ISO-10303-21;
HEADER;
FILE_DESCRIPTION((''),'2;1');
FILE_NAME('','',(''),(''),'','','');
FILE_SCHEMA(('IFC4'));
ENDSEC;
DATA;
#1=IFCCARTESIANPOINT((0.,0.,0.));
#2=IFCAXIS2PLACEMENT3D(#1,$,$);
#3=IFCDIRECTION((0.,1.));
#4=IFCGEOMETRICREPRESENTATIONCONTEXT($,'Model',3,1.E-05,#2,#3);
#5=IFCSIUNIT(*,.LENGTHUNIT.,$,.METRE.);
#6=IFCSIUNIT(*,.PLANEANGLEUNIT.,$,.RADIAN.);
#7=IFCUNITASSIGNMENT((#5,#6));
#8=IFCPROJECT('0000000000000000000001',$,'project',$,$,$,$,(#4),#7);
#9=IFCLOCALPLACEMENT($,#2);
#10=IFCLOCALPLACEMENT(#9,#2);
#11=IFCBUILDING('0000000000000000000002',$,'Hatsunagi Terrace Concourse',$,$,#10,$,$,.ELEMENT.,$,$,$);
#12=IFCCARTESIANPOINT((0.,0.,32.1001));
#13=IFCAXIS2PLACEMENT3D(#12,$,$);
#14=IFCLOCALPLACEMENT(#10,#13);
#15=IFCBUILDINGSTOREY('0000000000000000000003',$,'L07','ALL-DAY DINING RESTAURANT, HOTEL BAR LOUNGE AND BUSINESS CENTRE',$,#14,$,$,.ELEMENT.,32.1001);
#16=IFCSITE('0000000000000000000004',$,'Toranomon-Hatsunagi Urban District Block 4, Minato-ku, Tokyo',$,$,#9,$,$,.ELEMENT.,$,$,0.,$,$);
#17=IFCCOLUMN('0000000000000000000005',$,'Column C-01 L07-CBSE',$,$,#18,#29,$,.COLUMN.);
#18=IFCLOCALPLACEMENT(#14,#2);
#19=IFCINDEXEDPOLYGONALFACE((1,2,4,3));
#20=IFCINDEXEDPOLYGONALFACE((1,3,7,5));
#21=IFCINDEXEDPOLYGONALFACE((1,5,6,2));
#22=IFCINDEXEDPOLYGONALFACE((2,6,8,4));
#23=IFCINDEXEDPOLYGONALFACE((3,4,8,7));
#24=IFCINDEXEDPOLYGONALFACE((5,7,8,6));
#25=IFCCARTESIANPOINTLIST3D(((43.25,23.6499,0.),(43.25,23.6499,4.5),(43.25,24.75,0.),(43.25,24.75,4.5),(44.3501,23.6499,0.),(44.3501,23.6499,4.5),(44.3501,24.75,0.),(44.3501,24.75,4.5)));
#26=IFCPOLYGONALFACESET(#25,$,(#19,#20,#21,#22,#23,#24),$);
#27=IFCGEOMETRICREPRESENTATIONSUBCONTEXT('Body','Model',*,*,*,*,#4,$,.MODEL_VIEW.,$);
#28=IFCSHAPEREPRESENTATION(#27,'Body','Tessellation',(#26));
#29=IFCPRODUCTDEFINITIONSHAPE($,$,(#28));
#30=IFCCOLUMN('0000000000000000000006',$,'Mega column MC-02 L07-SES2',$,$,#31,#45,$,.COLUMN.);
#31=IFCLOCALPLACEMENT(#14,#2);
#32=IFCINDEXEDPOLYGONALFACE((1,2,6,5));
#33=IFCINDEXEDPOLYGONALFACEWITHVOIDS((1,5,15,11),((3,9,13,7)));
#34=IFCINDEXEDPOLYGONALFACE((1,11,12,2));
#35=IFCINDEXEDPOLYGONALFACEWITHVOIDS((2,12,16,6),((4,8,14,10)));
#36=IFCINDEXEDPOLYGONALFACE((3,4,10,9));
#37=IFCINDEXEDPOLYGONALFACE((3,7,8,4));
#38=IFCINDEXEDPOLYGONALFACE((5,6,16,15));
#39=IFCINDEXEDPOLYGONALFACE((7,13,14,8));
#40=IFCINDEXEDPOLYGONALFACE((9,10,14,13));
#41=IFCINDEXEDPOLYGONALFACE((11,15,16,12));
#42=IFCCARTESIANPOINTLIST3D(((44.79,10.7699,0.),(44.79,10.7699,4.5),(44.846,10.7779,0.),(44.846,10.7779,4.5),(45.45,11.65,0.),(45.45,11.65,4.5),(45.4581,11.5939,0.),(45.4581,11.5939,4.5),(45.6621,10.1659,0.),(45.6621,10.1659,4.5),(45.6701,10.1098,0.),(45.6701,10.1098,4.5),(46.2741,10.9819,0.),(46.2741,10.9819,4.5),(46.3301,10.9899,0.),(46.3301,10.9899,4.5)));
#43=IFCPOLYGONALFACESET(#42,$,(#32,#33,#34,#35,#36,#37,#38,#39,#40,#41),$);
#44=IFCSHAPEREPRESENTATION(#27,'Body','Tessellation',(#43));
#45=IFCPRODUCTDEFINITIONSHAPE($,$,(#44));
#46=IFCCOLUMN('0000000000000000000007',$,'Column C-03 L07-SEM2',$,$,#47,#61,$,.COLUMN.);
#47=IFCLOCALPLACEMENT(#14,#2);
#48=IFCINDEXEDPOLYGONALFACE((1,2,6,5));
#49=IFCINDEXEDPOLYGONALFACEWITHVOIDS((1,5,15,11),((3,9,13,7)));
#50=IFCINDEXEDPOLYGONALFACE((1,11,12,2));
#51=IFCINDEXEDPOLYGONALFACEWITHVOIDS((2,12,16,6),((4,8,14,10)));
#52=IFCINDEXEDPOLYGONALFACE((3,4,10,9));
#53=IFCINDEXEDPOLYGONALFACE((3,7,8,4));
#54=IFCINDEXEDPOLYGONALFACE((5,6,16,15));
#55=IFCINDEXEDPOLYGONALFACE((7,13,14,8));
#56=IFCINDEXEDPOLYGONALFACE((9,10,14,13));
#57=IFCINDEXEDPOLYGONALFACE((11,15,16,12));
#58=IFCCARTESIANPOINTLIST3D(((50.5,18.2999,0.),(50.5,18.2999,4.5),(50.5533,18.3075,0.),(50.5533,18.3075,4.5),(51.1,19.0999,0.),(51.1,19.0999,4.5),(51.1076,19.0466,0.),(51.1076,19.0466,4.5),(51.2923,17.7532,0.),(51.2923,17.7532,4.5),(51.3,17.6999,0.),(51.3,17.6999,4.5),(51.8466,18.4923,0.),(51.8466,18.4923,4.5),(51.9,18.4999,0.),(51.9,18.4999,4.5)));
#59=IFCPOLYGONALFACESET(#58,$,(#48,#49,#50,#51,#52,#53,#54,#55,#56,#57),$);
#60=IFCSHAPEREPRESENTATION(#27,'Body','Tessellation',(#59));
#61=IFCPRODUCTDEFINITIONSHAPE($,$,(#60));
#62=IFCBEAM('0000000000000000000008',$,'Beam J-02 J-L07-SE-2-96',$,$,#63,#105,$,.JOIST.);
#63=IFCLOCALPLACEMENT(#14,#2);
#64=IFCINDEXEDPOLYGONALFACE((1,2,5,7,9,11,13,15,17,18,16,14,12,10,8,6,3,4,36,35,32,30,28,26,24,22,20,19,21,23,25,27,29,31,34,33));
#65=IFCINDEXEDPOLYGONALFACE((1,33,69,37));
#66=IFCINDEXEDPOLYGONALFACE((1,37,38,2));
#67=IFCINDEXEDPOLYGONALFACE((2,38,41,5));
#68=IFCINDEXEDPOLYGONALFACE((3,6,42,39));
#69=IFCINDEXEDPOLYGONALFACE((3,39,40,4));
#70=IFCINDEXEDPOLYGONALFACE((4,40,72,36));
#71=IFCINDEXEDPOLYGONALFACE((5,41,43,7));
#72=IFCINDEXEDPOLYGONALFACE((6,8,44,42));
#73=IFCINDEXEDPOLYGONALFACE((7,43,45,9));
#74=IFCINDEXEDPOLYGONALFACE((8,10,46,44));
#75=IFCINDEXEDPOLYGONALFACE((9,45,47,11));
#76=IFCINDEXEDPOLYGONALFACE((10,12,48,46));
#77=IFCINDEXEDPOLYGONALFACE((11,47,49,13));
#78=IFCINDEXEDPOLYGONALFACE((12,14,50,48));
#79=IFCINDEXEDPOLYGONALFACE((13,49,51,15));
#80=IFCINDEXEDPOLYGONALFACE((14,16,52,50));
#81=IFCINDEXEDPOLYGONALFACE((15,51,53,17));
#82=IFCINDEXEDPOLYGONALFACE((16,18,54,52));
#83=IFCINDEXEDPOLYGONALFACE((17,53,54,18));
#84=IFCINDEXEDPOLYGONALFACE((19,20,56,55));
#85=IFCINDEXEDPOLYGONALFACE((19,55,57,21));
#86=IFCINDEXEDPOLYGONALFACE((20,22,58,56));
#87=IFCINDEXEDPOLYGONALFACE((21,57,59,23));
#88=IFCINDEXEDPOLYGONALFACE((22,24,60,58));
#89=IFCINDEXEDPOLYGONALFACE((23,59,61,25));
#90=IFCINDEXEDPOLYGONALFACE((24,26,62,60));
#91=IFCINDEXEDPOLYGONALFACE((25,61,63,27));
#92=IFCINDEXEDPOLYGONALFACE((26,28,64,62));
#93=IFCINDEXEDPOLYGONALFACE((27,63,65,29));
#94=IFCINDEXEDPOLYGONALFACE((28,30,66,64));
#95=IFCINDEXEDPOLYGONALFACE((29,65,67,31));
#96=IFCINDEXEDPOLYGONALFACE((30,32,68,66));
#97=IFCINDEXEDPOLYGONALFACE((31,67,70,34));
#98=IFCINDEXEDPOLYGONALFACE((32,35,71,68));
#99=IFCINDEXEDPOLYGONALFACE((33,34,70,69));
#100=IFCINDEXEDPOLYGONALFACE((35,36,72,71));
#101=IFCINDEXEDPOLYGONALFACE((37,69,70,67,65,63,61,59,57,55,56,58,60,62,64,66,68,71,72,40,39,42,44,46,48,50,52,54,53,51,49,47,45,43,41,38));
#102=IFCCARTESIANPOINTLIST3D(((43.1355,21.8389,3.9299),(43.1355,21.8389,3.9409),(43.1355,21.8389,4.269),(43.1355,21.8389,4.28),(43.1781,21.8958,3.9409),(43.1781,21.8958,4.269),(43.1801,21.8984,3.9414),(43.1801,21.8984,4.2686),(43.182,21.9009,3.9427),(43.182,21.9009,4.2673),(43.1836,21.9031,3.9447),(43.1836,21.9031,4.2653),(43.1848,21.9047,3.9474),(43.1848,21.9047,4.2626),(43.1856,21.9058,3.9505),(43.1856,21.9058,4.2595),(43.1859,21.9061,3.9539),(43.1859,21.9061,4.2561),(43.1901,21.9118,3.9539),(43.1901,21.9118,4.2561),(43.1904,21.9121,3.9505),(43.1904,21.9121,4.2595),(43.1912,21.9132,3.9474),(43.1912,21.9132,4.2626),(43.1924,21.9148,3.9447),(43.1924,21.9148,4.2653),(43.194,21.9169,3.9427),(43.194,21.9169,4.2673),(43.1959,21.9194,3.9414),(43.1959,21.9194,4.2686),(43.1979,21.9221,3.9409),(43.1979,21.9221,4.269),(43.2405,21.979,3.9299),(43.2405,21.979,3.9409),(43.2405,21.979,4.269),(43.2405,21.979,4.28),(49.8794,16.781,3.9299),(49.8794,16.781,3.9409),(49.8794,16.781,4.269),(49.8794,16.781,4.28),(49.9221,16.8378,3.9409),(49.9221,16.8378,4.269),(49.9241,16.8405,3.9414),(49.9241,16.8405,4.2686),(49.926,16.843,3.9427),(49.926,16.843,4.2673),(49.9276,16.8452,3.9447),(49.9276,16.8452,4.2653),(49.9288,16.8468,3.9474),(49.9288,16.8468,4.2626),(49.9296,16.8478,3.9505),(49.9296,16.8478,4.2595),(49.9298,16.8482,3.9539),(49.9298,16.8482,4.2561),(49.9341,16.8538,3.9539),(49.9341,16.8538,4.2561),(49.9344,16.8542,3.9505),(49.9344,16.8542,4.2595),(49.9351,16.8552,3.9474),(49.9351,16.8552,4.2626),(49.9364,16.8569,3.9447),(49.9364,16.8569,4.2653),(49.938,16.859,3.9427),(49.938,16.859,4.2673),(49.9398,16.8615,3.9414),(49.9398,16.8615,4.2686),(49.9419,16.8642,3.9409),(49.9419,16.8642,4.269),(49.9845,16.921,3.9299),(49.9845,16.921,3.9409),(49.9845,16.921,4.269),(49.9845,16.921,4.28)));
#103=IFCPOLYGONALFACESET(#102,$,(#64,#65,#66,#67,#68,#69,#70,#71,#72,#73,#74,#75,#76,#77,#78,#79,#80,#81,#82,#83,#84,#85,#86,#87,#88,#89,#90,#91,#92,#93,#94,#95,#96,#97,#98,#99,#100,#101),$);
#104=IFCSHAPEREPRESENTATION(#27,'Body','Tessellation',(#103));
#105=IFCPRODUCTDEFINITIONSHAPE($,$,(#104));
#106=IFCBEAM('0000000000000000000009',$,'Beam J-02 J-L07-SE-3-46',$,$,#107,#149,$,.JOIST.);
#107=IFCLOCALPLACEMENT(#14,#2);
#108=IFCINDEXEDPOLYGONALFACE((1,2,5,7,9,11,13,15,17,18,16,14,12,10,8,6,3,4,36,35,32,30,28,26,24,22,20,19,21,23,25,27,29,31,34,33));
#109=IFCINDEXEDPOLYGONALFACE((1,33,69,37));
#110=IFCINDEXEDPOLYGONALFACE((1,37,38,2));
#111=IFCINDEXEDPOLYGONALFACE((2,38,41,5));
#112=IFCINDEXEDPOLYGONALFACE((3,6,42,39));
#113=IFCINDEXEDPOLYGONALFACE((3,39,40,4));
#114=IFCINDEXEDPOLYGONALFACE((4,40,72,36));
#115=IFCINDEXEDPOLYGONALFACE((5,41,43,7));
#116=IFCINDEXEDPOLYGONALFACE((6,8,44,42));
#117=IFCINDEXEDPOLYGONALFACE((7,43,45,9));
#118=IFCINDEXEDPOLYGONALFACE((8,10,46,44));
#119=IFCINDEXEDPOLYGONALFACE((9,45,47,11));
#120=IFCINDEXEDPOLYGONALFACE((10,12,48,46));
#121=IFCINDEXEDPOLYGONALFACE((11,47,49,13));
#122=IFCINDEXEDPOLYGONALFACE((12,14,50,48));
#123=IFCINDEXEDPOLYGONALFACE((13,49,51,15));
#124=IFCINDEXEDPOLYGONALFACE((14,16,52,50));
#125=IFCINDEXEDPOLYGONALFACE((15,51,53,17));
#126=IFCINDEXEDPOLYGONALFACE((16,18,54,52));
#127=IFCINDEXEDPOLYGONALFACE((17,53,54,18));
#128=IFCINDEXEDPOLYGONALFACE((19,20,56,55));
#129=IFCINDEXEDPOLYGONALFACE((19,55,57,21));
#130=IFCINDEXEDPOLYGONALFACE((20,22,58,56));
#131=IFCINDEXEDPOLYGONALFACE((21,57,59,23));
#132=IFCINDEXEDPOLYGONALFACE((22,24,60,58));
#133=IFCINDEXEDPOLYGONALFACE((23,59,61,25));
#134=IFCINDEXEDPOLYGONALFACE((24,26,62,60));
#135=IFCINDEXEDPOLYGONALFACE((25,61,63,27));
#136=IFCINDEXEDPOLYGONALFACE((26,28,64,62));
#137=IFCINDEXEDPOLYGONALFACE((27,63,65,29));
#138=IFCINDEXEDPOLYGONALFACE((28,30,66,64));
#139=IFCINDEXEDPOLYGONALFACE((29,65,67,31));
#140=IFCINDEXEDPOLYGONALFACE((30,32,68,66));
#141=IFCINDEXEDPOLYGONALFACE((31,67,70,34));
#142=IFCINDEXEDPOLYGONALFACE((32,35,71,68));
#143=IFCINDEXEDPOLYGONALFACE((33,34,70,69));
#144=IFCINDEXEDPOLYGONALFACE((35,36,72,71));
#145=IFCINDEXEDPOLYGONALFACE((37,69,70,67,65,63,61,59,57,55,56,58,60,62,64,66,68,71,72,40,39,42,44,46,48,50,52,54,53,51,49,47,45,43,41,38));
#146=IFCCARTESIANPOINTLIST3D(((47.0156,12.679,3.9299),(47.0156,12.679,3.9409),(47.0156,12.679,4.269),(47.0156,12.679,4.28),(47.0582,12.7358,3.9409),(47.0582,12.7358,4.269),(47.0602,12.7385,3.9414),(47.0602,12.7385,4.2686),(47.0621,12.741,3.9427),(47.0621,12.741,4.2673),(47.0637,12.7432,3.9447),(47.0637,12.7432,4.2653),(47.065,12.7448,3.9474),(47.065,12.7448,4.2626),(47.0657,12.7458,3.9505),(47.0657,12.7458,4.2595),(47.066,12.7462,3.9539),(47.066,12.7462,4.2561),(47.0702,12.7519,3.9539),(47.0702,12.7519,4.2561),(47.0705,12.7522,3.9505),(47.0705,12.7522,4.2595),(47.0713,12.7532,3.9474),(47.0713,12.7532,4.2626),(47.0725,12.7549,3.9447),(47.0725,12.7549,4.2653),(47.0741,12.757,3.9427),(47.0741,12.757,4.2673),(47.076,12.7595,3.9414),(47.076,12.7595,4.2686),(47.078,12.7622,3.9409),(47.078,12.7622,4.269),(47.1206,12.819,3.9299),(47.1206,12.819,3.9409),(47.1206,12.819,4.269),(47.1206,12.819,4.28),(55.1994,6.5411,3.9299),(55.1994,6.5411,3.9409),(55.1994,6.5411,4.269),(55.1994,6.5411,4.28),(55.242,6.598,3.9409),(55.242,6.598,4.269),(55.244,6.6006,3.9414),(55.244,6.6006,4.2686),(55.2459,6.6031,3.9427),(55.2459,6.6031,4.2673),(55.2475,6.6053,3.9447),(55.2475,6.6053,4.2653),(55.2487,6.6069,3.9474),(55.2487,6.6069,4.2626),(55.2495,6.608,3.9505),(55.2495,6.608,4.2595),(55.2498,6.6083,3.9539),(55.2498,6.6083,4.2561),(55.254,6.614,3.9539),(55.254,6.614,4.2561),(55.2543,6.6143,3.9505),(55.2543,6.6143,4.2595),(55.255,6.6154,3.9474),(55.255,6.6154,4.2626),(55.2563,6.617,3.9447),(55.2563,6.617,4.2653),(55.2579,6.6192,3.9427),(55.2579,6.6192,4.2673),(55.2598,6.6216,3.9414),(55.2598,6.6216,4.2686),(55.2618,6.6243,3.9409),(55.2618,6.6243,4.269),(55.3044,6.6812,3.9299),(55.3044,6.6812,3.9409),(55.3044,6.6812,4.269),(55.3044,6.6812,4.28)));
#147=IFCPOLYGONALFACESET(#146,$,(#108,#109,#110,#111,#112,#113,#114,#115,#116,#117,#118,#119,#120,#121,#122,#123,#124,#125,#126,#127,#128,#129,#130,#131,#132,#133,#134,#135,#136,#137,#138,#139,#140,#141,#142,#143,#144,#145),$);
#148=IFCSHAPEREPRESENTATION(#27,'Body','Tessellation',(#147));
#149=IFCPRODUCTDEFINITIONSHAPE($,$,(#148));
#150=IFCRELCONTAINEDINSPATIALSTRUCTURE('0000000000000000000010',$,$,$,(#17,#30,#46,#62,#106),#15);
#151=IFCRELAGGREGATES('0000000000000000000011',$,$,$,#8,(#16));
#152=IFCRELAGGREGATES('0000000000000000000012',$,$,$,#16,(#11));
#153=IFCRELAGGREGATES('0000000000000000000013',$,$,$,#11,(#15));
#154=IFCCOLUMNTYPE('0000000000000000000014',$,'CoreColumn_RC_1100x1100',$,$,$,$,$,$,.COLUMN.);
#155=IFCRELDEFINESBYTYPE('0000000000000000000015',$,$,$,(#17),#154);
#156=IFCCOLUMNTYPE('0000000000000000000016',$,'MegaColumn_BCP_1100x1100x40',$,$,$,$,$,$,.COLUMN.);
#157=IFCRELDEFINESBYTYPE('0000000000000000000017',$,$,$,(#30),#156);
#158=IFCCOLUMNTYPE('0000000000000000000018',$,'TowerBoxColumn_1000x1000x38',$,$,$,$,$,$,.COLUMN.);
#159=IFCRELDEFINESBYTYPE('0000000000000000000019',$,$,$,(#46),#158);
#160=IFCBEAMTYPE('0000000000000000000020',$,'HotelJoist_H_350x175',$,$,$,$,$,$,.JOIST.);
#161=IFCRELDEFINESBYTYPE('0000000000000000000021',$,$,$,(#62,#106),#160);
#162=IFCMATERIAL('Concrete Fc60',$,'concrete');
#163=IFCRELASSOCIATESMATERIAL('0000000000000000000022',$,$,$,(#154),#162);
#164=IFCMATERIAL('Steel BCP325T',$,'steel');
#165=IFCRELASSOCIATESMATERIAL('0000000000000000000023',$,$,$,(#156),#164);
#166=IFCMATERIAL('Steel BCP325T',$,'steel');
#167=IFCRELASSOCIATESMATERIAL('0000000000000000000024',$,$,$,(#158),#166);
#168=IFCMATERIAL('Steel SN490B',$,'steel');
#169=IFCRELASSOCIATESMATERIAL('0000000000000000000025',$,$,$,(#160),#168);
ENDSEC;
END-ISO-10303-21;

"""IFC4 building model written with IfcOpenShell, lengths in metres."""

from ifc_helpers import new_model, si_unit, direction, frame, origin, origin_2d, place, context, subcontext, project, spatial, rectangle, hollow_rectangle, i_section, extrude, material, material_profile, profile_set, type_object, element, save


model = new_model("IFC4")

# Units and contexts
model_context = context("Model", 3, precision=1e-05, world=origin(), true_north=direction((0.0, 1.0)))
body_context = subcontext(model_context, "Body", "Model", "MODEL_VIEW")
ifc_project = project(units=[si_unit("LENGTHUNIT", "METRE"), si_unit("PLANEANGLEUNIT", "RADIAN")], contexts=[model_context])

# Site, building, storey
site_placement = place(None, origin())
site = spatial("IfcSite", under=ifc_project, at=site_placement, Name="Toranomon-Hatsunagi Urban District Block 4, Minato-ku, Tokyo", CompositionType="ELEMENT", RefElevation=0.0)
building_placement = place(site_placement, origin())
building = spatial("IfcBuilding", under=site, at=building_placement, Name="Hatsunagi Terrace Concourse", CompositionType="ELEMENT")
storey_placement = place(building_placement, frame((0.0, 0.0, 32.1001)))
storey = spatial("IfcBuildingStorey", under=building, at=storey_placement, Name="L07", Description="ALL-DAY DINING RESTAURANT, HOTEL BAR LOUNGE AND BUSINESS CENTRE", CompositionType="ELEMENT", Elevation=32.1001)

# Columns
ifc_material_1 = material(Name="Concrete Fc60", Category="concrete")
ifc_material_profile_1 = material_profile(ifc_material_1, rectangle(XDim=1.1001, YDim=1.1001, at=origin_2d()), Name="RC-1100x1100")
ifc_profile_set_1 = profile_set([ifc_material_profile_1], Name="Concrete Fc60")
column_type_1 = type_object("IfcColumnType", Name="CoreColumn_RC_1100x1100", PredefinedType="COLUMN", material=ifc_profile_set_1)
column_1_placement = place(storey_placement, frame((43.8, 24.2, 0.0), z_axis=(0.0, 0.0, 1.0), x_axis=(1.0, 0.0, 0.0)))
element("IfcColumn", 1, at=column_1_placement, inside=storey, type_object=column_type_1, Name="Column C-01 L07-CBSE", PredefinedType="COLUMN", context=body_context, shape_type="SweptSolid", body=[
    extrude(rectangle(XDim=1.1001, YDim=1.1001, at=origin_2d()), origin(), (0.0, 0.0, 1.0), 4.5),
])
ifc_material_2 = material(Name="Steel BCP325T", Category="steel")
ifc_material_profile_2 = material_profile(ifc_material_2, hollow_rectangle(XDim=1.1001, YDim=1.1001, WallThickness=0.04, at=origin_2d()), Name="BCP-1100x1100x40")
ifc_profile_set_2 = profile_set([ifc_material_profile_2], Name="Steel BCP325T")
column_type_2 = type_object("IfcColumnType", Name="MegaColumn_BCP_1100x1100x40", PredefinedType="COLUMN", material=ifc_profile_set_2)
column_2_placement = place(storey_placement, frame((45.5601, 10.8799, 0.0), z_axis=(0.0, 0.0, 1.0), x_axis=(0.8, -0.6, 0.0)))
element("IfcColumn", 2, at=column_2_placement, inside=storey, type_object=column_type_2, Name="Mega column MC-02 L07-SES2", PredefinedType="COLUMN", context=body_context, shape_type="SweptSolid", body=[
    extrude(hollow_rectangle(XDim=1.1001, YDim=1.1001, WallThickness=0.04, at=origin_2d()), origin(), (0.0, 0.0, 1.0), 4.5),
])
ifc_material_3 = material(Name="Steel BCP325T", Category="steel")
ifc_material_profile_3 = material_profile(ifc_material_3, hollow_rectangle(XDim=1.0, YDim=1.0, WallThickness=0.0381, at=origin_2d()), Name="BCP-1000x1000x38")
ifc_profile_set_3 = profile_set([ifc_material_profile_3], Name="Steel BCP325T")
column_type_3 = type_object("IfcColumnType", Name="TowerBoxColumn_1000x1000x38", PredefinedType="COLUMN", material=ifc_profile_set_3)
column_3_placement = place(storey_placement, frame((51.2, 18.3999, 0.0), z_axis=(0.0, 0.0, 1.0), x_axis=(0.8, -0.6, 0.0)))
element("IfcColumn", 3, at=column_3_placement, inside=storey, type_object=column_type_3, Name="Column C-03 L07-SEM2", PredefinedType="COLUMN", context=body_context, shape_type="SweptSolid", body=[
    extrude(hollow_rectangle(XDim=1.0, YDim=1.0, WallThickness=0.0381, at=origin_2d()), origin(), (0.0, 0.0, 1.0), 4.5),
])

# Beams
ifc_material_4 = material(Name="Steel SN490B", Category="steel")
ifc_material_profile_4 = material_profile(ifc_material_4, i_section(OverallWidth=0.175, OverallDepth=0.3501, WebThickness=0.0071, FlangeThickness=0.011, FilletRadius=0.0129, at=origin_2d()), Name="H-350x175x7x11")
ifc_profile_set_4 = profile_set([ifc_material_profile_4], Name="Steel SN490B")
beam_type_1 = type_object("IfcBeamType", Name="HotelJoist_H_350x175", PredefinedType="JOIST", material=ifc_profile_set_4)
beam_1_placement = place(storey_placement, frame((43.188, 21.9089, 4.105), z_axis=(0.800003, -0.599995, 0.0), x_axis=(0.599995, 0.800003, 0.0)))
element("IfcBeam", 4, at=beam_1_placement, inside=storey, type_object=beam_type_1, Name="Beam J-02 J-L07-SE-2-96", PredefinedType="JOIST", context=body_context, shape_type="SweptSolid", body=[
    extrude(i_section(OverallWidth=0.175, OverallDepth=0.3501, WebThickness=0.0071, FlangeThickness=0.011, FilletRadius=0.0129, at=origin_2d()), origin(), (0.0, 0.0, 1.0), 8.4299),
])
beam_2_placement = place(storey_placement, frame((47.0681, 12.749, 4.105), z_axis=(0.799997, -0.600004, 0.0), x_axis=(0.600004, 0.799997, 0.0)))
element("IfcBeam", 5, at=beam_2_placement, inside=storey, type_object=beam_type_1, Name="Beam J-02 J-L07-SE-3-46", PredefinedType="JOIST", context=body_context, shape_type="SweptSolid", body=[
    extrude(i_section(OverallWidth=0.175, OverallDepth=0.3501, WebThickness=0.0071, FlangeThickness=0.011, FilletRadius=0.0129, at=origin_2d()), origin(), (0.0, 0.0, 1.0), 10.2297),
])

save(model, "model.ifc")
